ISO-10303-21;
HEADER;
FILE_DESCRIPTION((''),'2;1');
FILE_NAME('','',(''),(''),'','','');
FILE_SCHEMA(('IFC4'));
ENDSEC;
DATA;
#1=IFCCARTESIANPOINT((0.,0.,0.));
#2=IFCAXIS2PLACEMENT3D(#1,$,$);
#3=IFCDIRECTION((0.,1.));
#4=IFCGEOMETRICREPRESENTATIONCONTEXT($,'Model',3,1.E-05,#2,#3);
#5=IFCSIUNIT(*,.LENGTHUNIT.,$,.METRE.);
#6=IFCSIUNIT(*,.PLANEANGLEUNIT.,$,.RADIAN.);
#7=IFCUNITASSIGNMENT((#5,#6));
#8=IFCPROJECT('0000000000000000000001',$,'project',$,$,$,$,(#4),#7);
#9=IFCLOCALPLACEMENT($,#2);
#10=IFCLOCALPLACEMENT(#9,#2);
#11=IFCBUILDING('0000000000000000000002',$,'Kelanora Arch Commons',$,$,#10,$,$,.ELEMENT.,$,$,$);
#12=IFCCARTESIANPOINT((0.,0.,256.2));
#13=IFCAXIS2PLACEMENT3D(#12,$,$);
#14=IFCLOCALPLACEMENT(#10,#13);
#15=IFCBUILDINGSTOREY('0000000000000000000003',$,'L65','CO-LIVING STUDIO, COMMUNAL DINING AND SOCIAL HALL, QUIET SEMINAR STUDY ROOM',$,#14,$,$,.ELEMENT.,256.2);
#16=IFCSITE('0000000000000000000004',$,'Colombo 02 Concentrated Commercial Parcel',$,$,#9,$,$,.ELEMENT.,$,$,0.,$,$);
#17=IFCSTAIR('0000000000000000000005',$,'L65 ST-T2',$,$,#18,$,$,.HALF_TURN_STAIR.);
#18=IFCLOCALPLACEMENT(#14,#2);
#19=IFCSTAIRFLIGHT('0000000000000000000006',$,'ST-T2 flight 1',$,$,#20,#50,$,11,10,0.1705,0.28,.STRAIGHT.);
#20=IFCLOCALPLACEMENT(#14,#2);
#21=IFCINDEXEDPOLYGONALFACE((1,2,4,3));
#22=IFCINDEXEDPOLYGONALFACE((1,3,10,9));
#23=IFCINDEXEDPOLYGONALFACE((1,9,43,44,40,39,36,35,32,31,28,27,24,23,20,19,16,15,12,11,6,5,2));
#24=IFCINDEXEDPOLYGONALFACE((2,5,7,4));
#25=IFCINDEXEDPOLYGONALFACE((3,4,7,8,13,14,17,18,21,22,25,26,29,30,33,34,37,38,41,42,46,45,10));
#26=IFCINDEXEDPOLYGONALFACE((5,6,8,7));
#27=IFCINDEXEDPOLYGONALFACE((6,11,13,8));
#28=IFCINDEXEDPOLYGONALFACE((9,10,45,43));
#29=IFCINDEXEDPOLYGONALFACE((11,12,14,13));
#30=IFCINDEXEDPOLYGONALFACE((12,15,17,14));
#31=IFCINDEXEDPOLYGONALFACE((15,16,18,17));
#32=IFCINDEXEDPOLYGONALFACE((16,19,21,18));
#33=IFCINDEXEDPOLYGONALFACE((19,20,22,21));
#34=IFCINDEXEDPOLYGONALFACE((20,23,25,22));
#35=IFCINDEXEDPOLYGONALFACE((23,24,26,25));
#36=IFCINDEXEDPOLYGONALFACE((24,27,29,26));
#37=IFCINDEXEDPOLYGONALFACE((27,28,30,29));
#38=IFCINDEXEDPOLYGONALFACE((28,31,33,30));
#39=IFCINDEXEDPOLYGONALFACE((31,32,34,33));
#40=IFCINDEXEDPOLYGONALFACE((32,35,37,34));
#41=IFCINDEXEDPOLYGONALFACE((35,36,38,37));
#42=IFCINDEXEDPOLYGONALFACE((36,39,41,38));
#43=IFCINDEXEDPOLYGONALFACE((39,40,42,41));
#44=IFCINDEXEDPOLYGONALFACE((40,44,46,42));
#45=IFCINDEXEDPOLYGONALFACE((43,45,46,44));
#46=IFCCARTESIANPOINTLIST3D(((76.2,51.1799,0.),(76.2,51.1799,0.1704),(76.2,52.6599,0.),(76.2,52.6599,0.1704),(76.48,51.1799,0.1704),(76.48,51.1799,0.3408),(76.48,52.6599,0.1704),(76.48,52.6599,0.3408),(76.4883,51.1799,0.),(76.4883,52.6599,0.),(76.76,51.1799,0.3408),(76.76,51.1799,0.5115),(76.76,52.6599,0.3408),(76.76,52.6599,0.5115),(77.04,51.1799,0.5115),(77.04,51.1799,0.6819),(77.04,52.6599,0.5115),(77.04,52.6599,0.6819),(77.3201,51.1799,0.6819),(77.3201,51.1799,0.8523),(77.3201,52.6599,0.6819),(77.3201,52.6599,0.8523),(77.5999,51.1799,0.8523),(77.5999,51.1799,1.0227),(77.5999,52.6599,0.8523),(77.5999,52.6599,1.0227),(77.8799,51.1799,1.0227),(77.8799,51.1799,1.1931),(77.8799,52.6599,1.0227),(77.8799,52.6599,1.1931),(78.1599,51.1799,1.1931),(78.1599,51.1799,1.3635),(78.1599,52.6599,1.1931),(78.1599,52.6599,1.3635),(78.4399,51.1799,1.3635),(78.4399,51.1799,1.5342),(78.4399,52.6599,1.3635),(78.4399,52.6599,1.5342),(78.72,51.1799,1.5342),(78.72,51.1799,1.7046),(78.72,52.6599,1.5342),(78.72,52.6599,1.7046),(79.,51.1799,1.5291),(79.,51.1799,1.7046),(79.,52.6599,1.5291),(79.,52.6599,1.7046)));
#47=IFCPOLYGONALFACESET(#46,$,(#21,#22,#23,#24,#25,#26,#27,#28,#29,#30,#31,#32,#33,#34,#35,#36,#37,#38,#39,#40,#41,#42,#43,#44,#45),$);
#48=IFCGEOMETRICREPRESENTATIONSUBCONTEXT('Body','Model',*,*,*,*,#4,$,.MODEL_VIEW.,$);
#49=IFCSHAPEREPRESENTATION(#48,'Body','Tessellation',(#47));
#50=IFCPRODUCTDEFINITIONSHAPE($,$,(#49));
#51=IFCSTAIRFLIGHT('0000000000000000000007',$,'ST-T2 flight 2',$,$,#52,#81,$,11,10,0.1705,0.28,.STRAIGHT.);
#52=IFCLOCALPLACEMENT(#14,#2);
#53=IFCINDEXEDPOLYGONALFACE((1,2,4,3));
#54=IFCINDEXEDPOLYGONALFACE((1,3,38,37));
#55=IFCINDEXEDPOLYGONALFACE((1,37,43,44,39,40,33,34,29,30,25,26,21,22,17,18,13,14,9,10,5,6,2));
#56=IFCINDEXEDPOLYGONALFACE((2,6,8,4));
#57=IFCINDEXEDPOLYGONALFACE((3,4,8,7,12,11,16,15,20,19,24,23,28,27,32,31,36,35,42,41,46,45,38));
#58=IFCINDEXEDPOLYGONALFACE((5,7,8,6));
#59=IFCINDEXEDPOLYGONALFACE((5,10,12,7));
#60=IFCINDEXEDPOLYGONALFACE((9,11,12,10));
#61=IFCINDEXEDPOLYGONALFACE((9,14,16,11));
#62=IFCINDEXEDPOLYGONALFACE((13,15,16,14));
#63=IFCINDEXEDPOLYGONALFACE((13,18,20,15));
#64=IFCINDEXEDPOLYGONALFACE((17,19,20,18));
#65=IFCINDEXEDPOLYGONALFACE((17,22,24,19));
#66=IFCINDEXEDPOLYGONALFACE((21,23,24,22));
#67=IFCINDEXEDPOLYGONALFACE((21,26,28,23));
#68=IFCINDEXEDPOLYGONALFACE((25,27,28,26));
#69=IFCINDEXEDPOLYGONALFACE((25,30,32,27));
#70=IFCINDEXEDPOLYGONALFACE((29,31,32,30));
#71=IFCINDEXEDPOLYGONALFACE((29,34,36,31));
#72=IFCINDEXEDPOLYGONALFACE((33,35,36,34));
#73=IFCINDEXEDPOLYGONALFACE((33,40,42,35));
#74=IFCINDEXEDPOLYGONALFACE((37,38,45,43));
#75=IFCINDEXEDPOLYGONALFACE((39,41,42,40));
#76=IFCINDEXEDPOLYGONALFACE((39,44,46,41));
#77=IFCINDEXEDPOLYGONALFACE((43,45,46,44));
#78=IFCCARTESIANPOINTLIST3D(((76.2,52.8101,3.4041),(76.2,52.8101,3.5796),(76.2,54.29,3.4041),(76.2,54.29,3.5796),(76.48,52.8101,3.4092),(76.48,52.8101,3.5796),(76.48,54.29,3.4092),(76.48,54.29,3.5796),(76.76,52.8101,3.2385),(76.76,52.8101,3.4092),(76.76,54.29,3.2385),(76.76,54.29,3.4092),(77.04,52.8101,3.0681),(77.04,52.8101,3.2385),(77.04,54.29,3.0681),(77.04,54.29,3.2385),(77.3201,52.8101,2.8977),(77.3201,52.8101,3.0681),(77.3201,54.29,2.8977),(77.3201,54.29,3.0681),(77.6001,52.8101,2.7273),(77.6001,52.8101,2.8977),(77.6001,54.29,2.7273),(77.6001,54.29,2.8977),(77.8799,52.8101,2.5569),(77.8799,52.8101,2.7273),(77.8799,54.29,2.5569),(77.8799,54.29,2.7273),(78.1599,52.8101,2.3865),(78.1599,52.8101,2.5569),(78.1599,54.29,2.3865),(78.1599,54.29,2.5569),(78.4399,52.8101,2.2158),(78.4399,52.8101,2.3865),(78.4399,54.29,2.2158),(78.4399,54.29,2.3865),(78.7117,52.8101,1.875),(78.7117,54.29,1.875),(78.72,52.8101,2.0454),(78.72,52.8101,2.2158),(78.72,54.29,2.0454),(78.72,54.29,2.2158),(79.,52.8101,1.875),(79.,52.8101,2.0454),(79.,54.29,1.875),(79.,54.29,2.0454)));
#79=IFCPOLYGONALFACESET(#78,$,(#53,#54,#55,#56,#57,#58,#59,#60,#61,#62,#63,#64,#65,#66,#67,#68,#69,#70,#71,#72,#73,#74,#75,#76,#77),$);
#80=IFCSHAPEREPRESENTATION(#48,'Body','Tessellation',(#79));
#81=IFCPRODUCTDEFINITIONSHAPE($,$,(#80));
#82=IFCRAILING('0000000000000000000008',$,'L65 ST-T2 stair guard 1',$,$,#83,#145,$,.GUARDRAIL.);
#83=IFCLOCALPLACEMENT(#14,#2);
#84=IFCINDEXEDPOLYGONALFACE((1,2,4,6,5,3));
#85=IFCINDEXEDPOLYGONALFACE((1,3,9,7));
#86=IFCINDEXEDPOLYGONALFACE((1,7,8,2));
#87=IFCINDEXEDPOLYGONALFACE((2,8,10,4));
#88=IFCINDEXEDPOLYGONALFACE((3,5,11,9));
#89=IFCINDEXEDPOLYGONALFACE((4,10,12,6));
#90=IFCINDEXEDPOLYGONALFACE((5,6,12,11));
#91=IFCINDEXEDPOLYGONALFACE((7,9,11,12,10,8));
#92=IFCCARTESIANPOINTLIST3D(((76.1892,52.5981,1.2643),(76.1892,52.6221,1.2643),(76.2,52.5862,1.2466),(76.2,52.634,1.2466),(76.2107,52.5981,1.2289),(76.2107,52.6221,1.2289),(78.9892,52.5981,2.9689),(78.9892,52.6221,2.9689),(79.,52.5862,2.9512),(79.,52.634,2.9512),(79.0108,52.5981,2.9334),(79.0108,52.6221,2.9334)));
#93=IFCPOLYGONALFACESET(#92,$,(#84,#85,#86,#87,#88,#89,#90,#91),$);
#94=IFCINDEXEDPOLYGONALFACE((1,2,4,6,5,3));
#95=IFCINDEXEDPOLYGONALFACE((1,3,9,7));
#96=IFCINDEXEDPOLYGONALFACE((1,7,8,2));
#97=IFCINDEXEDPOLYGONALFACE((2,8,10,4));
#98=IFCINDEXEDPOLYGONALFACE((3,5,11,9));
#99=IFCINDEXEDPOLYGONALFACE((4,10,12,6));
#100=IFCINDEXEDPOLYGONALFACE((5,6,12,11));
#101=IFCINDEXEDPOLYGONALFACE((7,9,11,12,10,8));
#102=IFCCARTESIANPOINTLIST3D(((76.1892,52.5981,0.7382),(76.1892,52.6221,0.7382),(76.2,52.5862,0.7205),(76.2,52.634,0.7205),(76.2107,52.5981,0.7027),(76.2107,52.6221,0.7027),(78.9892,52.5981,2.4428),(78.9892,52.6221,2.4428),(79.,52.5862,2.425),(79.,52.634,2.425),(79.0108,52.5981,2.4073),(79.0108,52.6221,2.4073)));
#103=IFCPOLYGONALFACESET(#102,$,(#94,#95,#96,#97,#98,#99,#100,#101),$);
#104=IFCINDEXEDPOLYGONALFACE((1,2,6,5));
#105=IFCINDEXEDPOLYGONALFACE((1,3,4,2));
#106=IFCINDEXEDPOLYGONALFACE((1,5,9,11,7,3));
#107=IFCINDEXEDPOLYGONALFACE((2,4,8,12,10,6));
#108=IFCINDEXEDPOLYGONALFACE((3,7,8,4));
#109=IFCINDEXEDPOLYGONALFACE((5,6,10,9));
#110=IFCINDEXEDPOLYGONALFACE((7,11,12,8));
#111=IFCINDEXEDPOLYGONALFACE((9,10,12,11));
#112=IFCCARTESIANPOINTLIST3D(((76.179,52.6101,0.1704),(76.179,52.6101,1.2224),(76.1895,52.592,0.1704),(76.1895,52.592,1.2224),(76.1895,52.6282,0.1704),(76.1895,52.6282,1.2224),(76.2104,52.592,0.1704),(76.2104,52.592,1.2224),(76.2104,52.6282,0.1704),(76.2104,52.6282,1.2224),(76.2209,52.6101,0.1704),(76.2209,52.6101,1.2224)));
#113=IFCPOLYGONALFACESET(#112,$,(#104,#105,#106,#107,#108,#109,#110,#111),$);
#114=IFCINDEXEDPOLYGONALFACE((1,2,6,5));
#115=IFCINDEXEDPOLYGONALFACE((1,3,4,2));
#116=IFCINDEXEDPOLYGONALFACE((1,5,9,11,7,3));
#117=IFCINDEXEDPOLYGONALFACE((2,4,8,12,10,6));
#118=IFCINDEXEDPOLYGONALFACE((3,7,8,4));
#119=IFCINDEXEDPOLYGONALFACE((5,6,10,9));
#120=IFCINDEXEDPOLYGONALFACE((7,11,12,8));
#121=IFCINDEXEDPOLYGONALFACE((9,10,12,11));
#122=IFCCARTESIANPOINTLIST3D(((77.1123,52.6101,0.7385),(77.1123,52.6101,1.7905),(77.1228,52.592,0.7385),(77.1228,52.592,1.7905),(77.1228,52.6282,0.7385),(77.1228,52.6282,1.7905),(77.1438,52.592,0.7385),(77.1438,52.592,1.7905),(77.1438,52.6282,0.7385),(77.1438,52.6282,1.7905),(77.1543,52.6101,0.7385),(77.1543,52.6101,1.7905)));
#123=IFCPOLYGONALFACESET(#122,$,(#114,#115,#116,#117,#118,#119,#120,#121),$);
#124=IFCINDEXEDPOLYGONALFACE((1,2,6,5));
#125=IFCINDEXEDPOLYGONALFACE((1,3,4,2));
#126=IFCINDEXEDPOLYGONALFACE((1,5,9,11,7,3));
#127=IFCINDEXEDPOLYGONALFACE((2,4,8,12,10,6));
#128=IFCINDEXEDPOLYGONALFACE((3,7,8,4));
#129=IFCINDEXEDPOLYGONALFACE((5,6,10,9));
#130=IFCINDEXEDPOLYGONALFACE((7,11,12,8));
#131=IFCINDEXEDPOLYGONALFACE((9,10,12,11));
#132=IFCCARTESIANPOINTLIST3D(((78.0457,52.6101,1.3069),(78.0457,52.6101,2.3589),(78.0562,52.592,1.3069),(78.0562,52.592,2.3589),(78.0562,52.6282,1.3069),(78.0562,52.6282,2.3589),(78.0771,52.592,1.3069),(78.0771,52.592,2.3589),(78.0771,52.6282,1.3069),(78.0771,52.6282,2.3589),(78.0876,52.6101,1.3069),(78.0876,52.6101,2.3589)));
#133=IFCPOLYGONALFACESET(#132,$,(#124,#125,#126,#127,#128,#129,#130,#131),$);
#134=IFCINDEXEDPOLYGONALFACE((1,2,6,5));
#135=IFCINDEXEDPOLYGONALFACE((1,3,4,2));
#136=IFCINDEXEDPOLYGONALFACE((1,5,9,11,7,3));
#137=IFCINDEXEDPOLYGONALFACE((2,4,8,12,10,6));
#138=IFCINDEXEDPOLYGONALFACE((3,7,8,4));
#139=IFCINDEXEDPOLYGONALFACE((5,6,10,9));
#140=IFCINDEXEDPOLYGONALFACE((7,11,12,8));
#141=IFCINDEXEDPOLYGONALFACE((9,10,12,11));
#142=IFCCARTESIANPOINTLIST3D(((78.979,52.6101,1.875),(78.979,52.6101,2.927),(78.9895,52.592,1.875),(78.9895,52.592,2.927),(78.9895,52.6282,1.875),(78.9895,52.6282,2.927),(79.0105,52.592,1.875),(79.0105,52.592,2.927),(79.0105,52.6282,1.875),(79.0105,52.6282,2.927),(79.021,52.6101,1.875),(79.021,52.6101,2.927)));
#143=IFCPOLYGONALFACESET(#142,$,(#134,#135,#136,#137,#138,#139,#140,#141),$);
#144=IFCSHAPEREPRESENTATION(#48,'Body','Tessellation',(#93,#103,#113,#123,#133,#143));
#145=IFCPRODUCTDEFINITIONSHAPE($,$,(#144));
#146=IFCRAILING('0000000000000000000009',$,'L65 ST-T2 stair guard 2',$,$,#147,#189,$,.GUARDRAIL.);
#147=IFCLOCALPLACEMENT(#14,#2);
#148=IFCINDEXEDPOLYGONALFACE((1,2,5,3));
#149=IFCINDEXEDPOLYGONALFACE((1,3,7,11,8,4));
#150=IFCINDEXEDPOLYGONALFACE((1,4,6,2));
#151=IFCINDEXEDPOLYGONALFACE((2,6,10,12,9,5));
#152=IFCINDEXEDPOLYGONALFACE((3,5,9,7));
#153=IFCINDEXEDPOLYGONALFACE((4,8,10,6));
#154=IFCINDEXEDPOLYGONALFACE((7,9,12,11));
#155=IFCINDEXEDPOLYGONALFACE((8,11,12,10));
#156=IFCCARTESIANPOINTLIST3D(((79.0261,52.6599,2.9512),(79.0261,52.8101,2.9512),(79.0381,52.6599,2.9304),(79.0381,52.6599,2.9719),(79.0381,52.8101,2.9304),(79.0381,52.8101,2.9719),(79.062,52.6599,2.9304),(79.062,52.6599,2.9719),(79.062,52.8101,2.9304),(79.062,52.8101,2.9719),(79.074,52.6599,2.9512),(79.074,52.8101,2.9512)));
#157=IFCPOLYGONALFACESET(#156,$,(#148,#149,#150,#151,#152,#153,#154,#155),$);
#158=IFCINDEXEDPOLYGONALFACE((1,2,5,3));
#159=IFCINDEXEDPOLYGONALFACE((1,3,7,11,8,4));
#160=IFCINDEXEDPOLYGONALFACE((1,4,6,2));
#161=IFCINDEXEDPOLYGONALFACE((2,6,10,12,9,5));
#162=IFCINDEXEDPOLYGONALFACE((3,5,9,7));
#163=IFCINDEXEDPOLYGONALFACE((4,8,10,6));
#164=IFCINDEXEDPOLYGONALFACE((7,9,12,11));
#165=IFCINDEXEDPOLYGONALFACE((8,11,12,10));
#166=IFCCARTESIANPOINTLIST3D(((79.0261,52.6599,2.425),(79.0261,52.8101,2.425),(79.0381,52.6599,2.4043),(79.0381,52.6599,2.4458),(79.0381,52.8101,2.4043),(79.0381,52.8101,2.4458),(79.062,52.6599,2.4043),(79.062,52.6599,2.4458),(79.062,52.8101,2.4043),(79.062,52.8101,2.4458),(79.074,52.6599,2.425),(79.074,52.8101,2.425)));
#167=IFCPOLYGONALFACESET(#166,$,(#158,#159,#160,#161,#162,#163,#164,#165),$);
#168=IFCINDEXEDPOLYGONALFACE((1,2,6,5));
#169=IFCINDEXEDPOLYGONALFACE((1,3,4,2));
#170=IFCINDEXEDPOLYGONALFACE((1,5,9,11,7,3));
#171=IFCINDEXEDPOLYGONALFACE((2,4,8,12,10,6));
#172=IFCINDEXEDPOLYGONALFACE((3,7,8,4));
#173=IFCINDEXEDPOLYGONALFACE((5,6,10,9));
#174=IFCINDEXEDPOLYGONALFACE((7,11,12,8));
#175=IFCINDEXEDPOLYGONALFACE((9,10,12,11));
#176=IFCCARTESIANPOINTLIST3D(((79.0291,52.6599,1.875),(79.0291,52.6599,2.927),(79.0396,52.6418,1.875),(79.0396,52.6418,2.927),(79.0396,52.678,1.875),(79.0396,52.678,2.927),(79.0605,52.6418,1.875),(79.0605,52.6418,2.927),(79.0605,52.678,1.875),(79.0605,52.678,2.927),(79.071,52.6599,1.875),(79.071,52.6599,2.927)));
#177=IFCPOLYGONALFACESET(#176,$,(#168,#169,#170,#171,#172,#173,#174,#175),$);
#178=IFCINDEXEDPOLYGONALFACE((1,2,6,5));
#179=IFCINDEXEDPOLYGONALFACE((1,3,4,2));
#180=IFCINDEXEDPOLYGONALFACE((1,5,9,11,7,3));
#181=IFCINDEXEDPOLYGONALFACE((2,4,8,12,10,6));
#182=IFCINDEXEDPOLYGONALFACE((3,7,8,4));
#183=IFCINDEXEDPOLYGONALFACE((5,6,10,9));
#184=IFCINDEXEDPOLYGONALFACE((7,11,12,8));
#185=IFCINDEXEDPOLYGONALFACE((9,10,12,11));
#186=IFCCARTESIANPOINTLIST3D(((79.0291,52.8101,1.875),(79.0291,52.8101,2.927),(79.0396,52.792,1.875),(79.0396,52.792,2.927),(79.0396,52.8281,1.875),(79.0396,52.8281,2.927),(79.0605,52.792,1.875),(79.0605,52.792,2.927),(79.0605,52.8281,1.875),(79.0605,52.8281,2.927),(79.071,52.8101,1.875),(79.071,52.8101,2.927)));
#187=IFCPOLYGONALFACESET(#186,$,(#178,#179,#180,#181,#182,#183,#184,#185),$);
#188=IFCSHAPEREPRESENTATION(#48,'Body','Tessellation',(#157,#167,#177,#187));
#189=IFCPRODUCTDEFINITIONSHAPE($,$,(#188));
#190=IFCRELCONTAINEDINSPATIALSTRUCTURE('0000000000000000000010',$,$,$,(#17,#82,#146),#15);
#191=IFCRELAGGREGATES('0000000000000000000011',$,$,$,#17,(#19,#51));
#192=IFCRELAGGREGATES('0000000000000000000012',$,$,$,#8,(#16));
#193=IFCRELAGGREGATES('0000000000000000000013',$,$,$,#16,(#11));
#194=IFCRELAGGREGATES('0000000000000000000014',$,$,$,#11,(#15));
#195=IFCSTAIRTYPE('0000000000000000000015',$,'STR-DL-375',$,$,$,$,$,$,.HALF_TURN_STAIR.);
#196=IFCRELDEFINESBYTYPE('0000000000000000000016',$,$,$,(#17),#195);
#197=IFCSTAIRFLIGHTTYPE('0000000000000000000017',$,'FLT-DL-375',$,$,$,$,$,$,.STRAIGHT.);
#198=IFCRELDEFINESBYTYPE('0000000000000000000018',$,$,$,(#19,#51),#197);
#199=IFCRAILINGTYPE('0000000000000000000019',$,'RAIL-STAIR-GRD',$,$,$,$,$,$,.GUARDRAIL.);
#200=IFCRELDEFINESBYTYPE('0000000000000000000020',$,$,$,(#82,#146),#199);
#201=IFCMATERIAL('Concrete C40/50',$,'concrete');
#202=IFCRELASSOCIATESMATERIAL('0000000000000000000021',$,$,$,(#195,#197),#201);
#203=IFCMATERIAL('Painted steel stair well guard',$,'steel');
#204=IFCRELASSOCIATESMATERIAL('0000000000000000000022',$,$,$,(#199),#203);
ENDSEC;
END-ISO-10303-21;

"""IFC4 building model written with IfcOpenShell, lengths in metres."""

from ifc_helpers import new_model, si_unit, direction, frame, origin, place, context, subcontext, project, spatial, polyline, outline, extrude, material, type_object, element, aggregate, save


model = new_model("IFC4")

# Units and contexts
model_context = context("Model", 3, precision=1e-05, world=origin(), true_north=direction((0.0, 1.0)))
body_context = subcontext(model_context, "Body", "Model", "MODEL_VIEW")
ifc_project = project(units=[si_unit("LENGTHUNIT", "METRE"), si_unit("PLANEANGLEUNIT", "RADIAN")], contexts=[model_context])

# Site, building, storey
site_placement = place(None, origin())
site = spatial("IfcSite", under=ifc_project, at=site_placement, Name="Colombo 02 Concentrated Commercial Parcel", CompositionType="ELEMENT", RefElevation=0.0)
building_placement = place(site_placement, origin())
building = spatial("IfcBuilding", under=site, at=building_placement, Name="Kelanora Arch Commons", CompositionType="ELEMENT")
storey_placement = place(building_placement, frame((0.0, 0.0, 256.2)))
storey = spatial("IfcBuildingStorey", under=building, at=storey_placement, Name="L65", Description="CO-LIVING STUDIO, COMMUNAL DINING AND SOCIAL HALL, QUIET SEMINAR STUDY ROOM", CompositionType="ELEMENT", Elevation=256.2)

# Shared definitions
ifc_material_1 = material(Name="Concrete C40/50", Category="concrete")

# Stair, stair flights
stair_type = type_object("IfcStairType", Name="STR-DL-375", PredefinedType="HALF_TURN_STAIR", material=ifc_material_1)
stair_placement = place(storey_placement, origin())
stair = element("IfcStair", 1, at=stair_placement, inside=storey, type_object=stair_type, Name="L65 ST-T2", PredefinedType="HALF_TURN_STAIR")
stair_flight_type = type_object("IfcStairFlightType", Name="FLT-DL-375", PredefinedType="STRAIGHT", material=ifc_material_1)
stair_flight_1_placement = place(storey_placement, frame((76.2, 51.9199, 0.0), z_axis=(0.0, 0.0, 1.0), x_axis=(1.0, 0.0, 0.0)))
stair_flight_1 = element("IfcStairFlight", 2, at=stair_flight_1_placement, type_object=stair_flight_type, Name="ST-T2 flight 1", NumberOfRisers=11, NumberOfTreads=10, PredefinedType="STRAIGHT", RiserHeight=0.1705, TreadLength=0.28, context=body_context, shape_type="SweptSolid", body=[
    extrude(outline(polyline([(0.0, 0.0), (0.0, 0.1704), (0.28, 0.1704), (0.28, 0.3408), (0.5601, 0.3408), (0.5601, 0.5115), (0.8401, 0.5115), (0.8401, 0.6819), (1.1201, 0.6819), (1.1201, 0.8523), (1.3999, 0.8523), (1.3999, 1.0227), (1.6799, 1.0227), (1.6799, 1.1931), (1.96, 1.1931), (1.96, 1.3635), (2.24, 1.3635), (2.24, 1.5342), (2.52, 1.5342), (2.52, 1.7046), (2.8, 1.7046), (2.8, 1.875), (2.8, 1.5291), (0.2883, 0.0), (0.0, 0.0)])), frame((0.0, 0.74, 0.0), z_axis=(0.0, -1.0, 0.0), x_axis=(1.0, 0.0, 0.0)), (0.0, 0.0, 1.0), 1.48),
])
stair_flight_2_placement = place(storey_placement, frame((79.0, 53.55, 1.875), z_axis=(0.0, 0.0, 1.0), x_axis=(-1.0, 0.0, 0.0)))
stair_flight_2 = element("IfcStairFlight", 3, at=stair_flight_2_placement, type_object=stair_flight_type, Name="ST-T2 flight 2", NumberOfRisers=11, NumberOfTreads=10, PredefinedType="STRAIGHT", RiserHeight=0.1705, TreadLength=0.28, context=body_context, shape_type="SweptSolid", body=[
    extrude(outline(polyline([(0.0, 0.0), (0.0, 0.1704), (0.28, 0.1704), (0.28, 0.3408), (0.5601, 0.3408), (0.5601, 0.5115), (0.8401, 0.5115), (0.8401, 0.6819), (1.1201, 0.6819), (1.1201, 0.8523), (1.3999, 0.8523), (1.3999, 1.0227), (1.6799, 1.0227), (1.6799, 1.1931), (1.96, 1.1931), (1.96, 1.3635), (2.24, 1.3635), (2.24, 1.5342), (2.52, 1.5342), (2.52, 1.7046), (2.8, 1.7046), (2.8, 1.875), (2.8, 1.5291), (0.2883, 0.0), (0.0, 0.0)])), frame((0.0, 0.74, 0.0), z_axis=(0.0, -1.0, 0.0), x_axis=(1.0, 0.0, 0.0)), (0.0, 0.0, 1.0), 1.48),
])
aggregate(stair, [stair_flight_1, stair_flight_2])

# Railings
ifc_material_2 = material(Name="Painted steel stair well guard", Category="steel")
railing_type_1 = type_object("IfcRailingType", Name="RAIL-STAIR-GRD", PredefinedType="GUARDRAIL", material=ifc_material_2)
railing_1_placement = place(storey_placement, frame((76.2, 52.6101, 0.1704)))
element("IfcRailing", 4, at=railing_1_placement, inside=storey, type_object=railing_type_1, Name="L65 ST-T2 stair guard 1", PredefinedType="GUARDRAIL", context=body_context, shape_type="SweptSolid", body=[
    extrude(outline(polyline([(0.0239, 0.0), (0.012, 0.0208), (-0.012, 0.0208), (-0.0239, 0.0), (-0.012, -0.0208), (0.012, -0.0208), (0.0239, 0.0)])), frame((0.0, 0.0, 1.0762), z_axis=(0.85417, 0.0, 0.519994), x_axis=(0.0, 1.0, 0.0)), (0.0, 0.0, 1.0), 3.2781),
    extrude(outline(polyline([(0.0239, 0.0), (0.012, 0.0208), (-0.012, 0.0208), (-0.0239, 0.0), (-0.012, -0.0208), (0.012, -0.0208), (0.0239, 0.0)])), frame((0.0, 0.0, 0.55), z_axis=(0.85417, 0.0, 0.519994), x_axis=(0.0, 1.0, 0.0)), (0.0, 0.0, 1.0), 3.2781),
    extrude(outline(polyline([(0.021, 0.0), (0.0105, 0.0181), (-0.0105, 0.0181), (-0.021, 0.0), (-0.0105, -0.0181), (0.0105, -0.0181), (0.021, 0.0)])), origin(), (0.0, 0.0, 1.0), 1.052),
    extrude(outline(polyline([(0.021, 0.0), (0.0105, 0.0181), (-0.0105, 0.0181), (-0.021, 0.0), (-0.0105, -0.0181), (0.0105, -0.0181), (0.021, 0.0)])), frame((0.9333, 0.0, 0.5681)), (0.0, 0.0, 1.0), 1.052),
    extrude(outline(polyline([(0.021, 0.0), (0.0105, 0.0181), (-0.0105, 0.0181), (-0.021, 0.0), (-0.0105, -0.0181), (0.0105, -0.0181), (0.021, 0.0)])), frame((1.8667, 0.0, 1.1365)), (0.0, 0.0, 1.0), 1.052),
    extrude(outline(polyline([(0.021, 0.0), (0.0105, 0.0181), (-0.0105, 0.0181), (-0.021, 0.0), (-0.0105, -0.0181), (0.0105, -0.0181), (0.021, 0.0)])), frame((2.8, 0.0, 1.7046)), (0.0, 0.0, 1.0), 1.052),
])
railing_2_placement = place(storey_placement, frame((79.05, 52.6599, 1.875)))
element("IfcRailing", 5, at=railing_2_placement, inside=storey, type_object=railing_type_1, Name="L65 ST-T2 stair guard 2", PredefinedType="GUARDRAIL", context=body_context, shape_type="SweptSolid", body=[
    extrude(outline(polyline([(0.0239, 0.0), (0.012, 0.0208), (-0.012, 0.0208), (-0.0239, 0.0), (-0.012, -0.0208), (0.012, -0.0208), (0.0239, 0.0)])), frame((0.0, 0.0, 1.0762), z_axis=(0.0, 1.0, 0.0), x_axis=(-1.0, 0.0, 0.0)), (0.0, 0.0, 1.0), 0.1501),
    extrude(outline(polyline([(0.0239, 0.0), (0.012, 0.0208), (-0.012, 0.0208), (-0.0239, 0.0), (-0.012, -0.0208), (0.012, -0.0208), (0.0239, 0.0)])), frame((0.0, 0.0, 0.55), z_axis=(0.0, 1.0, 0.0), x_axis=(-1.0, 0.0, 0.0)), (0.0, 0.0, 1.0), 0.1501),
    extrude(outline(polyline([(0.021, 0.0), (0.0105, 0.0181), (-0.0105, 0.0181), (-0.021, 0.0), (-0.0105, -0.0181), (0.0105, -0.0181), (0.021, 0.0)])), origin(), (0.0, 0.0, 1.0), 1.052),
    extrude(outline(polyline([(0.021, 0.0), (0.0105, 0.0181), (-0.0105, 0.0181), (-0.021, 0.0), (-0.0105, -0.0181), (0.0105, -0.0181), (0.021, 0.0)])), frame((0.0, 0.1501, 0.0)), (0.0, 0.0, 1.0), 1.052),
])

save(model, "model.ifc")
